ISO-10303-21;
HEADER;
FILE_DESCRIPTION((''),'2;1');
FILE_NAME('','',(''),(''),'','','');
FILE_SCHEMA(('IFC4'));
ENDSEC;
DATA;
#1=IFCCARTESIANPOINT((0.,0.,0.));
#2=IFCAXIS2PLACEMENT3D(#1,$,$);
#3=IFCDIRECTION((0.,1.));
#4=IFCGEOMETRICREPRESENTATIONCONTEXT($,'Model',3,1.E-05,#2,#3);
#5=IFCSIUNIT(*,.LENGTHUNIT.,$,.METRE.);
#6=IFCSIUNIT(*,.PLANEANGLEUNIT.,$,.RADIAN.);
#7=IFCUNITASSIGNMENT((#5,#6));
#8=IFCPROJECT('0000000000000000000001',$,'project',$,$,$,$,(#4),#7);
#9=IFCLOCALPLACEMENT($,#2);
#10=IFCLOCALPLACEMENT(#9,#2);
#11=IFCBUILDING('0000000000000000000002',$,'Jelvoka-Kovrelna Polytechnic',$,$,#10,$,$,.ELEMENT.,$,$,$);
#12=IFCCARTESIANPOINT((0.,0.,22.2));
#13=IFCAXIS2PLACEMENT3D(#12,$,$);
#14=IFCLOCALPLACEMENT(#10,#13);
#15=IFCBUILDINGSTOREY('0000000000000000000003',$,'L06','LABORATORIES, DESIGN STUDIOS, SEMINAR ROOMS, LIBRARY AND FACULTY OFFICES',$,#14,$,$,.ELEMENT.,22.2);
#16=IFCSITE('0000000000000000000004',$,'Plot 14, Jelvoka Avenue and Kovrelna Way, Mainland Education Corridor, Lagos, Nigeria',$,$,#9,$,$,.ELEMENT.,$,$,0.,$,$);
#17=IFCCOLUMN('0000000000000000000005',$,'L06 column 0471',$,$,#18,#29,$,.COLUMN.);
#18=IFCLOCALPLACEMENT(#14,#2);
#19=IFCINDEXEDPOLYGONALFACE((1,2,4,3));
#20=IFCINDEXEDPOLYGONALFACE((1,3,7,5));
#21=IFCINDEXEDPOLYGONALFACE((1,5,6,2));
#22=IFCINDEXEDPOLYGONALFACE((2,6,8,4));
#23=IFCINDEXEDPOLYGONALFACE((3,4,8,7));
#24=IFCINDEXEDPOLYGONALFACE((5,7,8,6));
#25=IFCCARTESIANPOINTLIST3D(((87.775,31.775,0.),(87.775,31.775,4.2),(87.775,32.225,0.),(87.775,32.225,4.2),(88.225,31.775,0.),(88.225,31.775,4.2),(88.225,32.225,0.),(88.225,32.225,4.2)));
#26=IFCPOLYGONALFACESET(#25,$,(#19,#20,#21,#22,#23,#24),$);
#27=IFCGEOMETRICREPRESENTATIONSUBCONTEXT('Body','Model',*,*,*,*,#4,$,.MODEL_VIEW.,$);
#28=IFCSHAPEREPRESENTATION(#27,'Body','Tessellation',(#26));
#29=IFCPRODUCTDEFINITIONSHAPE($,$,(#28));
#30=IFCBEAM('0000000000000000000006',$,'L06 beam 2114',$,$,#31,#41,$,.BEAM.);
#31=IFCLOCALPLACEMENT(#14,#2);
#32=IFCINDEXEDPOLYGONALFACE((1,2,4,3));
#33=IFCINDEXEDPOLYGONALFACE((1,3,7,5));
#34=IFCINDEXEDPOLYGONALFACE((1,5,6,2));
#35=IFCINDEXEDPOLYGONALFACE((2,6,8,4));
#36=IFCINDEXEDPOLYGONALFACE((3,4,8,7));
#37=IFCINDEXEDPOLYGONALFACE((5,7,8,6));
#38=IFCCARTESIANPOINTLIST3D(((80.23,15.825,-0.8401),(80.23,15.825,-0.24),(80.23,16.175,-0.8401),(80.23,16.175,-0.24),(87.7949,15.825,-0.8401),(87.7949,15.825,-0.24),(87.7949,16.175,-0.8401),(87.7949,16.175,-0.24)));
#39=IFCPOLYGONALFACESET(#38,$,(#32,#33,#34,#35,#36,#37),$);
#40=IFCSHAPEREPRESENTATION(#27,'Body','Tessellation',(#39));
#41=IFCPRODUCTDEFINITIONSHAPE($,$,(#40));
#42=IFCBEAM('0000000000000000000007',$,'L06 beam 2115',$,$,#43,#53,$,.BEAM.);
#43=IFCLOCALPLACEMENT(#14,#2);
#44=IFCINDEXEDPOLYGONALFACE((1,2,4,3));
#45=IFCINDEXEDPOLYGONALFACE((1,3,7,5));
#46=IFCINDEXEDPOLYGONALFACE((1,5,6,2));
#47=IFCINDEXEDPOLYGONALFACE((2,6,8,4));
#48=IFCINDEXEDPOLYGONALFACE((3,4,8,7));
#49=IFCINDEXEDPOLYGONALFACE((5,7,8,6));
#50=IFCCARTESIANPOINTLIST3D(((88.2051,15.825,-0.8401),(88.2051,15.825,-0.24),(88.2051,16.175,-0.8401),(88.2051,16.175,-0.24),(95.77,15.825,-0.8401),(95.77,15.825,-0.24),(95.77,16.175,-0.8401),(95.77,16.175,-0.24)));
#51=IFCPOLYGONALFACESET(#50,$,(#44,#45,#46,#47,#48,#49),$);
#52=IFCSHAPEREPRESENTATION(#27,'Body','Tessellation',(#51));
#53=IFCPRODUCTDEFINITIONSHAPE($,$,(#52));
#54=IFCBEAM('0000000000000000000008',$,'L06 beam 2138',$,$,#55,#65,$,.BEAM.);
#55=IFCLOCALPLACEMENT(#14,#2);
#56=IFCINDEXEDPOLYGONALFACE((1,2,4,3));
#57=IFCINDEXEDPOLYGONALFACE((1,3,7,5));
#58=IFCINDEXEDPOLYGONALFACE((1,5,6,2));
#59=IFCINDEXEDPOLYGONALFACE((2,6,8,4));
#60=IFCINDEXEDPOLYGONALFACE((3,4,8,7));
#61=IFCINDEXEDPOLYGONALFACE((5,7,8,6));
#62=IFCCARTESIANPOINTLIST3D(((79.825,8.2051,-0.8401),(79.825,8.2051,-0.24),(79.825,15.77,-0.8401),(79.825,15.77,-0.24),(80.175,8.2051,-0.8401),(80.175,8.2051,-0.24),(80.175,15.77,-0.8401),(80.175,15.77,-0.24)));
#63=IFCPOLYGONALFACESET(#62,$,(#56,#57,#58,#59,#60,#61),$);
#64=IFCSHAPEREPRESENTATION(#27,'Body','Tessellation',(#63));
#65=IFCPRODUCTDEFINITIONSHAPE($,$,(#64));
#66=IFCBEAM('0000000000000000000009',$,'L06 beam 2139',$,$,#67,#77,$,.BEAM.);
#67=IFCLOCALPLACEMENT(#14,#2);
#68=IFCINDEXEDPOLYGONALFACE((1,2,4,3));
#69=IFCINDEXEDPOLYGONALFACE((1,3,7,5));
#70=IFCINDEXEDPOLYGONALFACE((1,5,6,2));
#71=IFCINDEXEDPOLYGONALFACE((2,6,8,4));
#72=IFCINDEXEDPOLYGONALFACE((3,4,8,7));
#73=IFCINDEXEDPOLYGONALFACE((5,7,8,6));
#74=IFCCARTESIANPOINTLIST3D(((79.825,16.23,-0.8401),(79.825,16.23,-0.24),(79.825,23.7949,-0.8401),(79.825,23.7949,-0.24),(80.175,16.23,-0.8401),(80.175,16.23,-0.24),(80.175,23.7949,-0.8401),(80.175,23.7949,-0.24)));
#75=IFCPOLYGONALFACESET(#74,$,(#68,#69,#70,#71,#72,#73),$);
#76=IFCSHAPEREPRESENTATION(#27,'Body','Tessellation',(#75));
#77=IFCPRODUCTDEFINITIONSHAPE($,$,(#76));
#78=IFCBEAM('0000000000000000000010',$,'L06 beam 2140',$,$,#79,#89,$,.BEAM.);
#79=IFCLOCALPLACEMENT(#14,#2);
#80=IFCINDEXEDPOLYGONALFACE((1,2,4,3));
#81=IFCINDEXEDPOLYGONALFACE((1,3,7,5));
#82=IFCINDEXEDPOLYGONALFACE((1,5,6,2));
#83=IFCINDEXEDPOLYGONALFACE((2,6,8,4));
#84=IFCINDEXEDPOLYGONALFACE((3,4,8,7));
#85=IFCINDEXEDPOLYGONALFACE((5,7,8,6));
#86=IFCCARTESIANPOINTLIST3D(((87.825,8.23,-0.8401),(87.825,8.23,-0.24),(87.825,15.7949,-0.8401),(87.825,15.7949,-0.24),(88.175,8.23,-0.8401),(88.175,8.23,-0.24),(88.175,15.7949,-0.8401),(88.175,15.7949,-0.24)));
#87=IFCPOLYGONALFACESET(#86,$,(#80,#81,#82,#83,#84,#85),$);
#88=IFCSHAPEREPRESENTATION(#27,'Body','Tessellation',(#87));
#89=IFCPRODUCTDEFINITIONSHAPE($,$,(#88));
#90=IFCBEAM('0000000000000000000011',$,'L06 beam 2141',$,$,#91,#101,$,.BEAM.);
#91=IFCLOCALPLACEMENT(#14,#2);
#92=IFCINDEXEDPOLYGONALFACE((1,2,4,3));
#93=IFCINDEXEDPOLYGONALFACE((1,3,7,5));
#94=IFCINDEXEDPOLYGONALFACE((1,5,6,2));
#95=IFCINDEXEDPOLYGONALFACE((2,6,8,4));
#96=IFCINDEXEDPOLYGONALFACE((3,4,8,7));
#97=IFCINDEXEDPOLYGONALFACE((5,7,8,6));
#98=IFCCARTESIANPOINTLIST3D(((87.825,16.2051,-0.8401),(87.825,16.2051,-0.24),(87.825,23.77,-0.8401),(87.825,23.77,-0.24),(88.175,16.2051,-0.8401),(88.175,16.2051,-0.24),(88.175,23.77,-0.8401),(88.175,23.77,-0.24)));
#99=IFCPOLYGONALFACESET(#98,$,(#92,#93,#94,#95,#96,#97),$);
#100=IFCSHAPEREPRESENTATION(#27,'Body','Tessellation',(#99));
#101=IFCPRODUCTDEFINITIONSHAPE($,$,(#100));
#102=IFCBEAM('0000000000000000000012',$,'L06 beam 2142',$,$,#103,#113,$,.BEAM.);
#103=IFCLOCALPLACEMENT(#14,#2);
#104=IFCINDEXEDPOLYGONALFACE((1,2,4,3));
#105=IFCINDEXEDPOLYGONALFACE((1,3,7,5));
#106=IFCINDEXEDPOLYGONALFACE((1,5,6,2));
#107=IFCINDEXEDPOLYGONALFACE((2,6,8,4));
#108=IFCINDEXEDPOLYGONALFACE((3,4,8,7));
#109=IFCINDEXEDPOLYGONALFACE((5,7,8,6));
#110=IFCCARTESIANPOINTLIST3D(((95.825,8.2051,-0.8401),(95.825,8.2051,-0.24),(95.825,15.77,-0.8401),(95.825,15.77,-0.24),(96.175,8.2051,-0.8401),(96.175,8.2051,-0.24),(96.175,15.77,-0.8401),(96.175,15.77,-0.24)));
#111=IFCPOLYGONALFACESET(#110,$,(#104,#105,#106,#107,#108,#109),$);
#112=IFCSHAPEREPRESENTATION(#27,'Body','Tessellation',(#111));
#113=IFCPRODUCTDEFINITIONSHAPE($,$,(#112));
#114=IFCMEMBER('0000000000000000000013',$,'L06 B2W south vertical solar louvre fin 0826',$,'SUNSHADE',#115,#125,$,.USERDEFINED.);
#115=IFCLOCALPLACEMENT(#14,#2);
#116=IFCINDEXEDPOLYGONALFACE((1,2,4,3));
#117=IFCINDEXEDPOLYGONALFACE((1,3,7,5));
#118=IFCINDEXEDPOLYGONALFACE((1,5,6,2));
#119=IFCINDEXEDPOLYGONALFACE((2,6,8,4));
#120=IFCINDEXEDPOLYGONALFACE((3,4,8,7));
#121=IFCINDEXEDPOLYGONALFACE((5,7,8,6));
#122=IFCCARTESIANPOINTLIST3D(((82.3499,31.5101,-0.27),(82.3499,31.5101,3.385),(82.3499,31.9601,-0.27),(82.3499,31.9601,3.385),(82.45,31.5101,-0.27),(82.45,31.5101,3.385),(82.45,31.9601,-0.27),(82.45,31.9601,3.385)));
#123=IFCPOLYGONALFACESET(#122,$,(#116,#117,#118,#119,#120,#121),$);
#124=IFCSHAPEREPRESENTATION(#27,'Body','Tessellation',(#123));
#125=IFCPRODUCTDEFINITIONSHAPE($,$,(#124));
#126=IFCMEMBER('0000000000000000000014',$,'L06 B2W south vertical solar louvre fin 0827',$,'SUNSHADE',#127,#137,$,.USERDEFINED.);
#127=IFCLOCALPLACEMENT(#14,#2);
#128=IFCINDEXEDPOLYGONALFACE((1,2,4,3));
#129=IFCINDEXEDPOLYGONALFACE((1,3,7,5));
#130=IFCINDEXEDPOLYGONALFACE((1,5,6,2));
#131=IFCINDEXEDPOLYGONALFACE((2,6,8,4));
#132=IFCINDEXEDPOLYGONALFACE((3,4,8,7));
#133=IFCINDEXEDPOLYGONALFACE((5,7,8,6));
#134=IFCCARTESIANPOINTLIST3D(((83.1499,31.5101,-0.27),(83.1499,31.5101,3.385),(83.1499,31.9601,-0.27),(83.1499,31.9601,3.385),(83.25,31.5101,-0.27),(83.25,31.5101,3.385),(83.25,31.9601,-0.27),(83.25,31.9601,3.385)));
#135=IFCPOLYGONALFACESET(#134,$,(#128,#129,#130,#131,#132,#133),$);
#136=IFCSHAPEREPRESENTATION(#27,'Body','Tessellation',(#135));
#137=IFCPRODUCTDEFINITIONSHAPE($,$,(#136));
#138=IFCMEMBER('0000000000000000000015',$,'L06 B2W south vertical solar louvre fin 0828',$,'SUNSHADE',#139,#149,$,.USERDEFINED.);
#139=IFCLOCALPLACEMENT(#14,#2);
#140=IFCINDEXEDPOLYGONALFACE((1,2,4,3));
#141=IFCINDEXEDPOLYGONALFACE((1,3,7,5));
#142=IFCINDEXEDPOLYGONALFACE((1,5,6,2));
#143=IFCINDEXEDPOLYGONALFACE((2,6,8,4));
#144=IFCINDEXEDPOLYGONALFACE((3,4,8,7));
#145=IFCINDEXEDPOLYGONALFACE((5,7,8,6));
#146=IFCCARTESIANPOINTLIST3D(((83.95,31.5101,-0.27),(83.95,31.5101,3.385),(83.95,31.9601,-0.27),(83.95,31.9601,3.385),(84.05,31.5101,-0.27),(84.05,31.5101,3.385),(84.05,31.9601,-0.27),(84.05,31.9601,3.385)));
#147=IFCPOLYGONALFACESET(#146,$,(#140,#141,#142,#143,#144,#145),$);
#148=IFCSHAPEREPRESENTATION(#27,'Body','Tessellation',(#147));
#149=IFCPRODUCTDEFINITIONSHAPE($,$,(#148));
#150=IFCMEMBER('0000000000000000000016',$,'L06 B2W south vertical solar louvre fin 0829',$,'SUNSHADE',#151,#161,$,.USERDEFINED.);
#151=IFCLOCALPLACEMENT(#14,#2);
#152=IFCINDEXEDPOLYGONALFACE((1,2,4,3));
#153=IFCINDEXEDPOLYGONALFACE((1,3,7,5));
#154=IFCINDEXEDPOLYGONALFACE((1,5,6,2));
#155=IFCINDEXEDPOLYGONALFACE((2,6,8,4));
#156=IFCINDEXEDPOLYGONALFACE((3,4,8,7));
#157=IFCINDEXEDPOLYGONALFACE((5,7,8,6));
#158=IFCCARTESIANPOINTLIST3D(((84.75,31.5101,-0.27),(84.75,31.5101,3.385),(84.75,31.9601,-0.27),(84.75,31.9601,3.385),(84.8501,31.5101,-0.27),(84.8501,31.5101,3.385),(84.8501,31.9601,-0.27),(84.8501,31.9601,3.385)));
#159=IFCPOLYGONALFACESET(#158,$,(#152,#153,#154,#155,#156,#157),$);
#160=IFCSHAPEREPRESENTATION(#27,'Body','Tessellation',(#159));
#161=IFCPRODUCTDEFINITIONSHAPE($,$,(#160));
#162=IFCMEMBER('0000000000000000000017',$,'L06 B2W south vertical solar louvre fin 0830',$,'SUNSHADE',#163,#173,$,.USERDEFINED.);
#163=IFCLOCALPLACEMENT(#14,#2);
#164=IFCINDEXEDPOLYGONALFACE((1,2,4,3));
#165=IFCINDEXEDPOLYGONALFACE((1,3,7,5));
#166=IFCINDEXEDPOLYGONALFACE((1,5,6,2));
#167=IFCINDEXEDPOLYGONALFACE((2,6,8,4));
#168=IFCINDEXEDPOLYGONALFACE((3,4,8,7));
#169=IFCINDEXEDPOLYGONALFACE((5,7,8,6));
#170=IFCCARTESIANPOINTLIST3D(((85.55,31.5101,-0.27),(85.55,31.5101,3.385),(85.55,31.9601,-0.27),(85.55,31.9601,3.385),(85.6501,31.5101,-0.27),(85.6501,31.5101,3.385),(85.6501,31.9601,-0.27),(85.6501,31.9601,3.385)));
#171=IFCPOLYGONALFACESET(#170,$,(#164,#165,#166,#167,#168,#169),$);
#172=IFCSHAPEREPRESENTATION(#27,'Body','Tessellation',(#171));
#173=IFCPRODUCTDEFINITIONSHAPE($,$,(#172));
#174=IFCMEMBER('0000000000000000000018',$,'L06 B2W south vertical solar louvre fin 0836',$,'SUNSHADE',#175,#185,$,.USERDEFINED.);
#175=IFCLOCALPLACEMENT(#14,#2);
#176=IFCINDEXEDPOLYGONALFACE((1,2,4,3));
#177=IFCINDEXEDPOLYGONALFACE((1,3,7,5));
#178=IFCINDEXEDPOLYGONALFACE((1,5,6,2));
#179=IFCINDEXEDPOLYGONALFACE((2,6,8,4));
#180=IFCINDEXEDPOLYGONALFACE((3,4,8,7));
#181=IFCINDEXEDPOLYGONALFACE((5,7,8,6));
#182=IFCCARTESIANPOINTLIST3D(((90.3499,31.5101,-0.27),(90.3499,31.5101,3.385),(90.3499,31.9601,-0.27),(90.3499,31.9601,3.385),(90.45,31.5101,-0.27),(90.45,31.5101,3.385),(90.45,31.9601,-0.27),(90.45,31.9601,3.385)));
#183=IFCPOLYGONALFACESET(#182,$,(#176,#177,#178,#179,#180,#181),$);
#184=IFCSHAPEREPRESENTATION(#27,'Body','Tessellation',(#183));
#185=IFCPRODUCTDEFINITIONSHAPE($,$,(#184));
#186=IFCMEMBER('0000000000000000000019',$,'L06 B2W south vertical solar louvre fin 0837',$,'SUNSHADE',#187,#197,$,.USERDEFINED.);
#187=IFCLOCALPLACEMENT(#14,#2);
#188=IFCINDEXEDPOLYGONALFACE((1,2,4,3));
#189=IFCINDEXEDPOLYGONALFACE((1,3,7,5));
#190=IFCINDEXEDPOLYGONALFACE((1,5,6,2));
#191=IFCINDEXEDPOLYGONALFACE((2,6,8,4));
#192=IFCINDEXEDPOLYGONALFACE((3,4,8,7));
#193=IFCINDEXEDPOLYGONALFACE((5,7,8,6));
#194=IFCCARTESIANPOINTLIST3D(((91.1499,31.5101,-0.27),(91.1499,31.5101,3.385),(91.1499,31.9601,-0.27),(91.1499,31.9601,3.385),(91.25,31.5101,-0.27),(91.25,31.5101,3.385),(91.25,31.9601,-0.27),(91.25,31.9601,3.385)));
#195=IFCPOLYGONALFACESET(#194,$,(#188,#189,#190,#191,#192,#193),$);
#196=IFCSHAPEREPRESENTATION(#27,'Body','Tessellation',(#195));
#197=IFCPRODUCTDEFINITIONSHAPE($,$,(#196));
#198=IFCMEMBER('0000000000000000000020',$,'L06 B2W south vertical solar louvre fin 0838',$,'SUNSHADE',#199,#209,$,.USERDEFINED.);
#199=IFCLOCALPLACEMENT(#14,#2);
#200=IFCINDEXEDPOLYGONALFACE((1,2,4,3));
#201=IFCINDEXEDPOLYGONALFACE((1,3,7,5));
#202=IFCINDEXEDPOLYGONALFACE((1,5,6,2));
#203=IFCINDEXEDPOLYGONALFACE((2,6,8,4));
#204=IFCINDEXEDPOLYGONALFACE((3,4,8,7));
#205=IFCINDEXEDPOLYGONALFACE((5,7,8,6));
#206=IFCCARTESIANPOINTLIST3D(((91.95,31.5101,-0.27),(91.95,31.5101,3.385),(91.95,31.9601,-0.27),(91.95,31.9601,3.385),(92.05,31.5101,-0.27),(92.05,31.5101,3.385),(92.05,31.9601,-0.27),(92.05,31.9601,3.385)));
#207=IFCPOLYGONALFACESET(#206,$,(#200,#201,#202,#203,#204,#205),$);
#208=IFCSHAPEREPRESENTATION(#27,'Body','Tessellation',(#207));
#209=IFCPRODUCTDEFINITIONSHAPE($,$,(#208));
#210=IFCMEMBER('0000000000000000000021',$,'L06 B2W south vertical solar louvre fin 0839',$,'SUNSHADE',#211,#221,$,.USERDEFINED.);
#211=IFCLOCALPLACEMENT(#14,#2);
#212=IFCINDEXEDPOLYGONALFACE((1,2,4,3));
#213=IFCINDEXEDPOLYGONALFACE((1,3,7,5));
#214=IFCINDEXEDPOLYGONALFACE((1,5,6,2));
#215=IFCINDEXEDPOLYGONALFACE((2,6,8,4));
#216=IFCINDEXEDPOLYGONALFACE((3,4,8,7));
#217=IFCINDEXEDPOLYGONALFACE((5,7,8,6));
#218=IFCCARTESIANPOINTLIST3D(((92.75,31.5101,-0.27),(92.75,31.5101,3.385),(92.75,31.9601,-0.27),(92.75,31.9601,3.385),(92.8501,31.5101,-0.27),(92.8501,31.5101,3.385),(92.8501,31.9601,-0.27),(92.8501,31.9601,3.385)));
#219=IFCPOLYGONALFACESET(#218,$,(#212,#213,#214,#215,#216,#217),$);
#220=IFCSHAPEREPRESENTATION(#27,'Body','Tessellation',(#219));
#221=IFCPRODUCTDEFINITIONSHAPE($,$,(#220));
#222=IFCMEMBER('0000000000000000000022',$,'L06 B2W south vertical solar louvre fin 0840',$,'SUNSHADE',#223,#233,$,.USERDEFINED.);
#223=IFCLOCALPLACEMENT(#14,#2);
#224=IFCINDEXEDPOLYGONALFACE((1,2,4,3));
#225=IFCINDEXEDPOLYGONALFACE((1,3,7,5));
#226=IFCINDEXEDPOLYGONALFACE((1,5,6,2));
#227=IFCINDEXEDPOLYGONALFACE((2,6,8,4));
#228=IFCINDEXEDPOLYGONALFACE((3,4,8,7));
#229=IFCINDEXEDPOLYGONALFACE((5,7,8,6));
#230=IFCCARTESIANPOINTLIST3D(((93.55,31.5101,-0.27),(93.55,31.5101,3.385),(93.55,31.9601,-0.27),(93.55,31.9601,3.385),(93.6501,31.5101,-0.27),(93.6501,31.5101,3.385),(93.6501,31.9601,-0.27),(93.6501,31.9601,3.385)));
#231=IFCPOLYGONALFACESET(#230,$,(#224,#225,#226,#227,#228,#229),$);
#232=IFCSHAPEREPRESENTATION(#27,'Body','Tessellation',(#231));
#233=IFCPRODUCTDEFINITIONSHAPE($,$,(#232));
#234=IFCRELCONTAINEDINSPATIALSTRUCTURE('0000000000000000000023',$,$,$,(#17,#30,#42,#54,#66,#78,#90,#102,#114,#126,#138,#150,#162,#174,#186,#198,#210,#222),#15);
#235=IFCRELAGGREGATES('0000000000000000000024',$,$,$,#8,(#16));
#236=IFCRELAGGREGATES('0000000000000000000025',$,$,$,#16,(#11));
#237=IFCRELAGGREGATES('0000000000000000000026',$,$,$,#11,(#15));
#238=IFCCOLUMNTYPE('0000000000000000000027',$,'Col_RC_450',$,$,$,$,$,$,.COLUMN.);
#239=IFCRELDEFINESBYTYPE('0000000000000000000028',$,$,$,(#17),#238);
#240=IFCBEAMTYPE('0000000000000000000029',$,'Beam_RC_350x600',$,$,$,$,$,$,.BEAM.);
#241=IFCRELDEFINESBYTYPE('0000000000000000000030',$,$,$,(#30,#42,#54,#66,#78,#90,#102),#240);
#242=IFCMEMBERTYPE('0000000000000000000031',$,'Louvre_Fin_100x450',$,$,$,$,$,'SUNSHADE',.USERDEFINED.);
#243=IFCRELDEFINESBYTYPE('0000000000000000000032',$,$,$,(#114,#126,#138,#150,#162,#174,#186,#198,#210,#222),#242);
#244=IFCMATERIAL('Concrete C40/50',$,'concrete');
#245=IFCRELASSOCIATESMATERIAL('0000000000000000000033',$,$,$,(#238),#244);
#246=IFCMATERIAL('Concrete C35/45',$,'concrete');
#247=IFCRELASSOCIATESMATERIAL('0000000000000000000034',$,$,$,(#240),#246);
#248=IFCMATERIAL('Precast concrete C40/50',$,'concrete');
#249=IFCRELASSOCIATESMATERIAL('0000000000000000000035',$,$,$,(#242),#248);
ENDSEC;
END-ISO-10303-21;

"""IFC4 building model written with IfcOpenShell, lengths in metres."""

from ifc_helpers import new_model, si_unit, direction, frame, origin, origin_2d, place, context, subcontext, project, spatial, rectangle, extrude, material, material_profile, profile_set, type_object, element, save


model = new_model("IFC4")

# Units and contexts
model_context = context("Model", 3, precision=1e-05, world=origin(), true_north=direction((0.0, 1.0)))
body_context = subcontext(model_context, "Body", "Model", "MODEL_VIEW")
ifc_project = project(units=[si_unit("LENGTHUNIT", "METRE"), si_unit("PLANEANGLEUNIT", "RADIAN")], contexts=[model_context])

# Site, building, storey
site_placement = place(None, origin())
site = spatial("IfcSite", under=ifc_project, at=site_placement, Name="Plot 14, Jelvoka Avenue and Kovrelna Way, Mainland Education Corridor, Lagos, Nigeria", CompositionType="ELEMENT", RefElevation=0.0)
building_placement = place(site_placement, origin())
building = spatial("IfcBuilding", under=site, at=building_placement, Name="Jelvoka-Kovrelna Polytechnic", CompositionType="ELEMENT")
storey_placement = place(building_placement, frame((0.0, 0.0, 22.2)))
storey = spatial("IfcBuildingStorey", under=building, at=storey_placement, Name="L06", Description="LABORATORIES, DESIGN STUDIOS, SEMINAR ROOMS, LIBRARY AND FACULTY OFFICES", CompositionType="ELEMENT", Elevation=22.2)

# Column
ifc_material_1 = material(Name="Concrete C40/50", Category="concrete")
ifc_material_profile_1 = material_profile(ifc_material_1, rectangle(XDim=0.45, YDim=0.45, at=origin_2d()), Name="RC 450x450")
ifc_profile_set_1 = profile_set([ifc_material_profile_1], Name="Concrete C40/50")
column_type = type_object("IfcColumnType", Name="Col_RC_450", PredefinedType="COLUMN", material=ifc_profile_set_1)
column_placement = place(storey_placement, frame((88.0, 32.0, 0.0), z_axis=(0.0, 0.0, 1.0), x_axis=(1.0, 0.0, 0.0)))
element("IfcColumn", 1, at=column_placement, inside=storey, type_object=column_type, Name="L06 column 0471", PredefinedType="COLUMN", context=body_context, shape_type="SweptSolid", body=[
    extrude(rectangle(XDim=0.45, YDim=0.45, at=origin_2d()), origin(), (0.0, 0.0, 1.0), 4.2),
])

# Beams
ifc_material_2 = material(Name="Concrete C35/45", Category="concrete")
ifc_material_profile_2 = material_profile(ifc_material_2, rectangle(XDim=0.3501, YDim=0.6001, at=origin_2d()), Name="RC 350x600")
ifc_profile_set_2 = profile_set([ifc_material_profile_2], Name="Concrete C35/45")
beam_type_1 = type_object("IfcBeamType", Name="Beam_RC_350x600", PredefinedType="BEAM", material=ifc_profile_set_2)
for number, where, z_axis, x_axis, name in (
    (2, (80.23, 16.0, -0.54), (1.0, 0.0, 0.0), (0.0, 1.0, 0.0), "L06 beam 2114"),
    (3, (88.2051, 16.0, -0.54), (1.0, 0.0, 0.0), (0.0, 1.0, 0.0), "L06 beam 2115"),
    (4, (80.0, 8.2051, -0.54), (0.0, 1.0, 0.0), (-1.0, 0.0, 0.0), "L06 beam 2138"),
    (5, (80.0, 16.23, -0.54), (0.0, 1.0, 0.0), (-1.0, 0.0, 0.0), "L06 beam 2139"),
    (6, (88.0, 8.23, -0.54), (0.0, 1.0, 0.0), (-1.0, 0.0, 0.0), "L06 beam 2140"),
    (7, (88.0, 16.2051, -0.54), (0.0, 1.0, 0.0), (-1.0, 0.0, 0.0), "L06 beam 2141"),
    (8, (96.0, 8.2051, -0.54), (0.0, 1.0, 0.0), (-1.0, 0.0, 0.0), "L06 beam 2142"),
):
    element("IfcBeam", number, at=place(storey_placement, frame(where, z_axis=z_axis, x_axis=x_axis)), inside=storey, type_object=beam_type_1, Name=name, PredefinedType="BEAM", context=body_context, shape_type="SweptSolid", body=[
        extrude(rectangle(XDim=0.3501, YDim=0.6001, at=origin_2d()), origin(), (0.0, 0.0, 1.0), 7.5649),
    ])

# Members
ifc_material_3 = material(Name="Precast concrete C40/50", Category="concrete")
ifc_material_profile_3 = material_profile(ifc_material_3, rectangle(XDim=0.1001, YDim=0.45, at=origin_2d()), Name="PC 100x450")
ifc_profile_set_3 = profile_set([ifc_material_profile_3], Name="Precast concrete C40/50")
member_type = type_object("IfcMemberType", Name="Louvre_Fin_100x450", ElementType="SUNSHADE", PredefinedType="USERDEFINED", material=ifc_profile_set_3)
for number, where, z_axis, x_axis, name in (
    (9, (82.3999, 31.7351, -0.27), (0.0, 0.0, 1.0), (1.0, 0.0, 0.0), "L06 B2W south vertical solar louvre fin 0826"),
    (10, (83.2, 31.7351, -0.27), (0.0, 0.0, 1.0), (1.0, 0.0, 0.0), "L06 B2W south vertical solar louvre fin 0827"),
    (11, (84.0, 31.7351, -0.27), (0.0, 0.0, 1.0), (1.0, 0.0, 0.0), "L06 B2W south vertical solar louvre fin 0828"),
    (12, (84.8, 31.7351, -0.27), (0.0, 0.0, 1.0), (1.0, 0.0, 0.0), "L06 B2W south vertical solar louvre fin 0829"),
    (13, (85.6001, 31.7351, -0.27), (0.0, 0.0, 1.0), (1.0, 0.0, 0.0), "L06 B2W south vertical solar louvre fin 0830"),
    (14, (90.3999, 31.7351, -0.27), (0.0, 0.0, 1.0), (1.0, 0.0, 0.0), "L06 B2W south vertical solar louvre fin 0836"),
    (15, (91.2, 31.7351, -0.27), (0.0, 0.0, 1.0), (1.0, 0.0, 0.0), "L06 B2W south vertical solar louvre fin 0837"),
    (16, (92.0, 31.7351, -0.27), (0.0, 0.0, 1.0), (1.0, 0.0, 0.0), "L06 B2W south vertical solar louvre fin 0838"),
    (17, (92.8, 31.7351, -0.27), (0.0, 0.0, 1.0), (1.0, 0.0, 0.0), "L06 B2W south vertical solar louvre fin 0839"),
    (18, (93.6001, 31.7351, -0.27), (0.0, 0.0, 1.0), (1.0, 0.0, 0.0), "L06 B2W south vertical solar louvre fin 0840"),
):
    element("IfcMember", number, at=place(storey_placement, frame(where, z_axis=z_axis, x_axis=x_axis)), inside=storey, type_object=member_type, Name=name, ObjectType="SUNSHADE", PredefinedType="USERDEFINED", context=body_context, shape_type="SweptSolid", body=[
        extrude(rectangle(XDim=0.1001, YDim=0.45, at=origin_2d()), origin(), (0.0, 0.0, 1.0), 3.655),
    ])

save(model, "model.ifc")
